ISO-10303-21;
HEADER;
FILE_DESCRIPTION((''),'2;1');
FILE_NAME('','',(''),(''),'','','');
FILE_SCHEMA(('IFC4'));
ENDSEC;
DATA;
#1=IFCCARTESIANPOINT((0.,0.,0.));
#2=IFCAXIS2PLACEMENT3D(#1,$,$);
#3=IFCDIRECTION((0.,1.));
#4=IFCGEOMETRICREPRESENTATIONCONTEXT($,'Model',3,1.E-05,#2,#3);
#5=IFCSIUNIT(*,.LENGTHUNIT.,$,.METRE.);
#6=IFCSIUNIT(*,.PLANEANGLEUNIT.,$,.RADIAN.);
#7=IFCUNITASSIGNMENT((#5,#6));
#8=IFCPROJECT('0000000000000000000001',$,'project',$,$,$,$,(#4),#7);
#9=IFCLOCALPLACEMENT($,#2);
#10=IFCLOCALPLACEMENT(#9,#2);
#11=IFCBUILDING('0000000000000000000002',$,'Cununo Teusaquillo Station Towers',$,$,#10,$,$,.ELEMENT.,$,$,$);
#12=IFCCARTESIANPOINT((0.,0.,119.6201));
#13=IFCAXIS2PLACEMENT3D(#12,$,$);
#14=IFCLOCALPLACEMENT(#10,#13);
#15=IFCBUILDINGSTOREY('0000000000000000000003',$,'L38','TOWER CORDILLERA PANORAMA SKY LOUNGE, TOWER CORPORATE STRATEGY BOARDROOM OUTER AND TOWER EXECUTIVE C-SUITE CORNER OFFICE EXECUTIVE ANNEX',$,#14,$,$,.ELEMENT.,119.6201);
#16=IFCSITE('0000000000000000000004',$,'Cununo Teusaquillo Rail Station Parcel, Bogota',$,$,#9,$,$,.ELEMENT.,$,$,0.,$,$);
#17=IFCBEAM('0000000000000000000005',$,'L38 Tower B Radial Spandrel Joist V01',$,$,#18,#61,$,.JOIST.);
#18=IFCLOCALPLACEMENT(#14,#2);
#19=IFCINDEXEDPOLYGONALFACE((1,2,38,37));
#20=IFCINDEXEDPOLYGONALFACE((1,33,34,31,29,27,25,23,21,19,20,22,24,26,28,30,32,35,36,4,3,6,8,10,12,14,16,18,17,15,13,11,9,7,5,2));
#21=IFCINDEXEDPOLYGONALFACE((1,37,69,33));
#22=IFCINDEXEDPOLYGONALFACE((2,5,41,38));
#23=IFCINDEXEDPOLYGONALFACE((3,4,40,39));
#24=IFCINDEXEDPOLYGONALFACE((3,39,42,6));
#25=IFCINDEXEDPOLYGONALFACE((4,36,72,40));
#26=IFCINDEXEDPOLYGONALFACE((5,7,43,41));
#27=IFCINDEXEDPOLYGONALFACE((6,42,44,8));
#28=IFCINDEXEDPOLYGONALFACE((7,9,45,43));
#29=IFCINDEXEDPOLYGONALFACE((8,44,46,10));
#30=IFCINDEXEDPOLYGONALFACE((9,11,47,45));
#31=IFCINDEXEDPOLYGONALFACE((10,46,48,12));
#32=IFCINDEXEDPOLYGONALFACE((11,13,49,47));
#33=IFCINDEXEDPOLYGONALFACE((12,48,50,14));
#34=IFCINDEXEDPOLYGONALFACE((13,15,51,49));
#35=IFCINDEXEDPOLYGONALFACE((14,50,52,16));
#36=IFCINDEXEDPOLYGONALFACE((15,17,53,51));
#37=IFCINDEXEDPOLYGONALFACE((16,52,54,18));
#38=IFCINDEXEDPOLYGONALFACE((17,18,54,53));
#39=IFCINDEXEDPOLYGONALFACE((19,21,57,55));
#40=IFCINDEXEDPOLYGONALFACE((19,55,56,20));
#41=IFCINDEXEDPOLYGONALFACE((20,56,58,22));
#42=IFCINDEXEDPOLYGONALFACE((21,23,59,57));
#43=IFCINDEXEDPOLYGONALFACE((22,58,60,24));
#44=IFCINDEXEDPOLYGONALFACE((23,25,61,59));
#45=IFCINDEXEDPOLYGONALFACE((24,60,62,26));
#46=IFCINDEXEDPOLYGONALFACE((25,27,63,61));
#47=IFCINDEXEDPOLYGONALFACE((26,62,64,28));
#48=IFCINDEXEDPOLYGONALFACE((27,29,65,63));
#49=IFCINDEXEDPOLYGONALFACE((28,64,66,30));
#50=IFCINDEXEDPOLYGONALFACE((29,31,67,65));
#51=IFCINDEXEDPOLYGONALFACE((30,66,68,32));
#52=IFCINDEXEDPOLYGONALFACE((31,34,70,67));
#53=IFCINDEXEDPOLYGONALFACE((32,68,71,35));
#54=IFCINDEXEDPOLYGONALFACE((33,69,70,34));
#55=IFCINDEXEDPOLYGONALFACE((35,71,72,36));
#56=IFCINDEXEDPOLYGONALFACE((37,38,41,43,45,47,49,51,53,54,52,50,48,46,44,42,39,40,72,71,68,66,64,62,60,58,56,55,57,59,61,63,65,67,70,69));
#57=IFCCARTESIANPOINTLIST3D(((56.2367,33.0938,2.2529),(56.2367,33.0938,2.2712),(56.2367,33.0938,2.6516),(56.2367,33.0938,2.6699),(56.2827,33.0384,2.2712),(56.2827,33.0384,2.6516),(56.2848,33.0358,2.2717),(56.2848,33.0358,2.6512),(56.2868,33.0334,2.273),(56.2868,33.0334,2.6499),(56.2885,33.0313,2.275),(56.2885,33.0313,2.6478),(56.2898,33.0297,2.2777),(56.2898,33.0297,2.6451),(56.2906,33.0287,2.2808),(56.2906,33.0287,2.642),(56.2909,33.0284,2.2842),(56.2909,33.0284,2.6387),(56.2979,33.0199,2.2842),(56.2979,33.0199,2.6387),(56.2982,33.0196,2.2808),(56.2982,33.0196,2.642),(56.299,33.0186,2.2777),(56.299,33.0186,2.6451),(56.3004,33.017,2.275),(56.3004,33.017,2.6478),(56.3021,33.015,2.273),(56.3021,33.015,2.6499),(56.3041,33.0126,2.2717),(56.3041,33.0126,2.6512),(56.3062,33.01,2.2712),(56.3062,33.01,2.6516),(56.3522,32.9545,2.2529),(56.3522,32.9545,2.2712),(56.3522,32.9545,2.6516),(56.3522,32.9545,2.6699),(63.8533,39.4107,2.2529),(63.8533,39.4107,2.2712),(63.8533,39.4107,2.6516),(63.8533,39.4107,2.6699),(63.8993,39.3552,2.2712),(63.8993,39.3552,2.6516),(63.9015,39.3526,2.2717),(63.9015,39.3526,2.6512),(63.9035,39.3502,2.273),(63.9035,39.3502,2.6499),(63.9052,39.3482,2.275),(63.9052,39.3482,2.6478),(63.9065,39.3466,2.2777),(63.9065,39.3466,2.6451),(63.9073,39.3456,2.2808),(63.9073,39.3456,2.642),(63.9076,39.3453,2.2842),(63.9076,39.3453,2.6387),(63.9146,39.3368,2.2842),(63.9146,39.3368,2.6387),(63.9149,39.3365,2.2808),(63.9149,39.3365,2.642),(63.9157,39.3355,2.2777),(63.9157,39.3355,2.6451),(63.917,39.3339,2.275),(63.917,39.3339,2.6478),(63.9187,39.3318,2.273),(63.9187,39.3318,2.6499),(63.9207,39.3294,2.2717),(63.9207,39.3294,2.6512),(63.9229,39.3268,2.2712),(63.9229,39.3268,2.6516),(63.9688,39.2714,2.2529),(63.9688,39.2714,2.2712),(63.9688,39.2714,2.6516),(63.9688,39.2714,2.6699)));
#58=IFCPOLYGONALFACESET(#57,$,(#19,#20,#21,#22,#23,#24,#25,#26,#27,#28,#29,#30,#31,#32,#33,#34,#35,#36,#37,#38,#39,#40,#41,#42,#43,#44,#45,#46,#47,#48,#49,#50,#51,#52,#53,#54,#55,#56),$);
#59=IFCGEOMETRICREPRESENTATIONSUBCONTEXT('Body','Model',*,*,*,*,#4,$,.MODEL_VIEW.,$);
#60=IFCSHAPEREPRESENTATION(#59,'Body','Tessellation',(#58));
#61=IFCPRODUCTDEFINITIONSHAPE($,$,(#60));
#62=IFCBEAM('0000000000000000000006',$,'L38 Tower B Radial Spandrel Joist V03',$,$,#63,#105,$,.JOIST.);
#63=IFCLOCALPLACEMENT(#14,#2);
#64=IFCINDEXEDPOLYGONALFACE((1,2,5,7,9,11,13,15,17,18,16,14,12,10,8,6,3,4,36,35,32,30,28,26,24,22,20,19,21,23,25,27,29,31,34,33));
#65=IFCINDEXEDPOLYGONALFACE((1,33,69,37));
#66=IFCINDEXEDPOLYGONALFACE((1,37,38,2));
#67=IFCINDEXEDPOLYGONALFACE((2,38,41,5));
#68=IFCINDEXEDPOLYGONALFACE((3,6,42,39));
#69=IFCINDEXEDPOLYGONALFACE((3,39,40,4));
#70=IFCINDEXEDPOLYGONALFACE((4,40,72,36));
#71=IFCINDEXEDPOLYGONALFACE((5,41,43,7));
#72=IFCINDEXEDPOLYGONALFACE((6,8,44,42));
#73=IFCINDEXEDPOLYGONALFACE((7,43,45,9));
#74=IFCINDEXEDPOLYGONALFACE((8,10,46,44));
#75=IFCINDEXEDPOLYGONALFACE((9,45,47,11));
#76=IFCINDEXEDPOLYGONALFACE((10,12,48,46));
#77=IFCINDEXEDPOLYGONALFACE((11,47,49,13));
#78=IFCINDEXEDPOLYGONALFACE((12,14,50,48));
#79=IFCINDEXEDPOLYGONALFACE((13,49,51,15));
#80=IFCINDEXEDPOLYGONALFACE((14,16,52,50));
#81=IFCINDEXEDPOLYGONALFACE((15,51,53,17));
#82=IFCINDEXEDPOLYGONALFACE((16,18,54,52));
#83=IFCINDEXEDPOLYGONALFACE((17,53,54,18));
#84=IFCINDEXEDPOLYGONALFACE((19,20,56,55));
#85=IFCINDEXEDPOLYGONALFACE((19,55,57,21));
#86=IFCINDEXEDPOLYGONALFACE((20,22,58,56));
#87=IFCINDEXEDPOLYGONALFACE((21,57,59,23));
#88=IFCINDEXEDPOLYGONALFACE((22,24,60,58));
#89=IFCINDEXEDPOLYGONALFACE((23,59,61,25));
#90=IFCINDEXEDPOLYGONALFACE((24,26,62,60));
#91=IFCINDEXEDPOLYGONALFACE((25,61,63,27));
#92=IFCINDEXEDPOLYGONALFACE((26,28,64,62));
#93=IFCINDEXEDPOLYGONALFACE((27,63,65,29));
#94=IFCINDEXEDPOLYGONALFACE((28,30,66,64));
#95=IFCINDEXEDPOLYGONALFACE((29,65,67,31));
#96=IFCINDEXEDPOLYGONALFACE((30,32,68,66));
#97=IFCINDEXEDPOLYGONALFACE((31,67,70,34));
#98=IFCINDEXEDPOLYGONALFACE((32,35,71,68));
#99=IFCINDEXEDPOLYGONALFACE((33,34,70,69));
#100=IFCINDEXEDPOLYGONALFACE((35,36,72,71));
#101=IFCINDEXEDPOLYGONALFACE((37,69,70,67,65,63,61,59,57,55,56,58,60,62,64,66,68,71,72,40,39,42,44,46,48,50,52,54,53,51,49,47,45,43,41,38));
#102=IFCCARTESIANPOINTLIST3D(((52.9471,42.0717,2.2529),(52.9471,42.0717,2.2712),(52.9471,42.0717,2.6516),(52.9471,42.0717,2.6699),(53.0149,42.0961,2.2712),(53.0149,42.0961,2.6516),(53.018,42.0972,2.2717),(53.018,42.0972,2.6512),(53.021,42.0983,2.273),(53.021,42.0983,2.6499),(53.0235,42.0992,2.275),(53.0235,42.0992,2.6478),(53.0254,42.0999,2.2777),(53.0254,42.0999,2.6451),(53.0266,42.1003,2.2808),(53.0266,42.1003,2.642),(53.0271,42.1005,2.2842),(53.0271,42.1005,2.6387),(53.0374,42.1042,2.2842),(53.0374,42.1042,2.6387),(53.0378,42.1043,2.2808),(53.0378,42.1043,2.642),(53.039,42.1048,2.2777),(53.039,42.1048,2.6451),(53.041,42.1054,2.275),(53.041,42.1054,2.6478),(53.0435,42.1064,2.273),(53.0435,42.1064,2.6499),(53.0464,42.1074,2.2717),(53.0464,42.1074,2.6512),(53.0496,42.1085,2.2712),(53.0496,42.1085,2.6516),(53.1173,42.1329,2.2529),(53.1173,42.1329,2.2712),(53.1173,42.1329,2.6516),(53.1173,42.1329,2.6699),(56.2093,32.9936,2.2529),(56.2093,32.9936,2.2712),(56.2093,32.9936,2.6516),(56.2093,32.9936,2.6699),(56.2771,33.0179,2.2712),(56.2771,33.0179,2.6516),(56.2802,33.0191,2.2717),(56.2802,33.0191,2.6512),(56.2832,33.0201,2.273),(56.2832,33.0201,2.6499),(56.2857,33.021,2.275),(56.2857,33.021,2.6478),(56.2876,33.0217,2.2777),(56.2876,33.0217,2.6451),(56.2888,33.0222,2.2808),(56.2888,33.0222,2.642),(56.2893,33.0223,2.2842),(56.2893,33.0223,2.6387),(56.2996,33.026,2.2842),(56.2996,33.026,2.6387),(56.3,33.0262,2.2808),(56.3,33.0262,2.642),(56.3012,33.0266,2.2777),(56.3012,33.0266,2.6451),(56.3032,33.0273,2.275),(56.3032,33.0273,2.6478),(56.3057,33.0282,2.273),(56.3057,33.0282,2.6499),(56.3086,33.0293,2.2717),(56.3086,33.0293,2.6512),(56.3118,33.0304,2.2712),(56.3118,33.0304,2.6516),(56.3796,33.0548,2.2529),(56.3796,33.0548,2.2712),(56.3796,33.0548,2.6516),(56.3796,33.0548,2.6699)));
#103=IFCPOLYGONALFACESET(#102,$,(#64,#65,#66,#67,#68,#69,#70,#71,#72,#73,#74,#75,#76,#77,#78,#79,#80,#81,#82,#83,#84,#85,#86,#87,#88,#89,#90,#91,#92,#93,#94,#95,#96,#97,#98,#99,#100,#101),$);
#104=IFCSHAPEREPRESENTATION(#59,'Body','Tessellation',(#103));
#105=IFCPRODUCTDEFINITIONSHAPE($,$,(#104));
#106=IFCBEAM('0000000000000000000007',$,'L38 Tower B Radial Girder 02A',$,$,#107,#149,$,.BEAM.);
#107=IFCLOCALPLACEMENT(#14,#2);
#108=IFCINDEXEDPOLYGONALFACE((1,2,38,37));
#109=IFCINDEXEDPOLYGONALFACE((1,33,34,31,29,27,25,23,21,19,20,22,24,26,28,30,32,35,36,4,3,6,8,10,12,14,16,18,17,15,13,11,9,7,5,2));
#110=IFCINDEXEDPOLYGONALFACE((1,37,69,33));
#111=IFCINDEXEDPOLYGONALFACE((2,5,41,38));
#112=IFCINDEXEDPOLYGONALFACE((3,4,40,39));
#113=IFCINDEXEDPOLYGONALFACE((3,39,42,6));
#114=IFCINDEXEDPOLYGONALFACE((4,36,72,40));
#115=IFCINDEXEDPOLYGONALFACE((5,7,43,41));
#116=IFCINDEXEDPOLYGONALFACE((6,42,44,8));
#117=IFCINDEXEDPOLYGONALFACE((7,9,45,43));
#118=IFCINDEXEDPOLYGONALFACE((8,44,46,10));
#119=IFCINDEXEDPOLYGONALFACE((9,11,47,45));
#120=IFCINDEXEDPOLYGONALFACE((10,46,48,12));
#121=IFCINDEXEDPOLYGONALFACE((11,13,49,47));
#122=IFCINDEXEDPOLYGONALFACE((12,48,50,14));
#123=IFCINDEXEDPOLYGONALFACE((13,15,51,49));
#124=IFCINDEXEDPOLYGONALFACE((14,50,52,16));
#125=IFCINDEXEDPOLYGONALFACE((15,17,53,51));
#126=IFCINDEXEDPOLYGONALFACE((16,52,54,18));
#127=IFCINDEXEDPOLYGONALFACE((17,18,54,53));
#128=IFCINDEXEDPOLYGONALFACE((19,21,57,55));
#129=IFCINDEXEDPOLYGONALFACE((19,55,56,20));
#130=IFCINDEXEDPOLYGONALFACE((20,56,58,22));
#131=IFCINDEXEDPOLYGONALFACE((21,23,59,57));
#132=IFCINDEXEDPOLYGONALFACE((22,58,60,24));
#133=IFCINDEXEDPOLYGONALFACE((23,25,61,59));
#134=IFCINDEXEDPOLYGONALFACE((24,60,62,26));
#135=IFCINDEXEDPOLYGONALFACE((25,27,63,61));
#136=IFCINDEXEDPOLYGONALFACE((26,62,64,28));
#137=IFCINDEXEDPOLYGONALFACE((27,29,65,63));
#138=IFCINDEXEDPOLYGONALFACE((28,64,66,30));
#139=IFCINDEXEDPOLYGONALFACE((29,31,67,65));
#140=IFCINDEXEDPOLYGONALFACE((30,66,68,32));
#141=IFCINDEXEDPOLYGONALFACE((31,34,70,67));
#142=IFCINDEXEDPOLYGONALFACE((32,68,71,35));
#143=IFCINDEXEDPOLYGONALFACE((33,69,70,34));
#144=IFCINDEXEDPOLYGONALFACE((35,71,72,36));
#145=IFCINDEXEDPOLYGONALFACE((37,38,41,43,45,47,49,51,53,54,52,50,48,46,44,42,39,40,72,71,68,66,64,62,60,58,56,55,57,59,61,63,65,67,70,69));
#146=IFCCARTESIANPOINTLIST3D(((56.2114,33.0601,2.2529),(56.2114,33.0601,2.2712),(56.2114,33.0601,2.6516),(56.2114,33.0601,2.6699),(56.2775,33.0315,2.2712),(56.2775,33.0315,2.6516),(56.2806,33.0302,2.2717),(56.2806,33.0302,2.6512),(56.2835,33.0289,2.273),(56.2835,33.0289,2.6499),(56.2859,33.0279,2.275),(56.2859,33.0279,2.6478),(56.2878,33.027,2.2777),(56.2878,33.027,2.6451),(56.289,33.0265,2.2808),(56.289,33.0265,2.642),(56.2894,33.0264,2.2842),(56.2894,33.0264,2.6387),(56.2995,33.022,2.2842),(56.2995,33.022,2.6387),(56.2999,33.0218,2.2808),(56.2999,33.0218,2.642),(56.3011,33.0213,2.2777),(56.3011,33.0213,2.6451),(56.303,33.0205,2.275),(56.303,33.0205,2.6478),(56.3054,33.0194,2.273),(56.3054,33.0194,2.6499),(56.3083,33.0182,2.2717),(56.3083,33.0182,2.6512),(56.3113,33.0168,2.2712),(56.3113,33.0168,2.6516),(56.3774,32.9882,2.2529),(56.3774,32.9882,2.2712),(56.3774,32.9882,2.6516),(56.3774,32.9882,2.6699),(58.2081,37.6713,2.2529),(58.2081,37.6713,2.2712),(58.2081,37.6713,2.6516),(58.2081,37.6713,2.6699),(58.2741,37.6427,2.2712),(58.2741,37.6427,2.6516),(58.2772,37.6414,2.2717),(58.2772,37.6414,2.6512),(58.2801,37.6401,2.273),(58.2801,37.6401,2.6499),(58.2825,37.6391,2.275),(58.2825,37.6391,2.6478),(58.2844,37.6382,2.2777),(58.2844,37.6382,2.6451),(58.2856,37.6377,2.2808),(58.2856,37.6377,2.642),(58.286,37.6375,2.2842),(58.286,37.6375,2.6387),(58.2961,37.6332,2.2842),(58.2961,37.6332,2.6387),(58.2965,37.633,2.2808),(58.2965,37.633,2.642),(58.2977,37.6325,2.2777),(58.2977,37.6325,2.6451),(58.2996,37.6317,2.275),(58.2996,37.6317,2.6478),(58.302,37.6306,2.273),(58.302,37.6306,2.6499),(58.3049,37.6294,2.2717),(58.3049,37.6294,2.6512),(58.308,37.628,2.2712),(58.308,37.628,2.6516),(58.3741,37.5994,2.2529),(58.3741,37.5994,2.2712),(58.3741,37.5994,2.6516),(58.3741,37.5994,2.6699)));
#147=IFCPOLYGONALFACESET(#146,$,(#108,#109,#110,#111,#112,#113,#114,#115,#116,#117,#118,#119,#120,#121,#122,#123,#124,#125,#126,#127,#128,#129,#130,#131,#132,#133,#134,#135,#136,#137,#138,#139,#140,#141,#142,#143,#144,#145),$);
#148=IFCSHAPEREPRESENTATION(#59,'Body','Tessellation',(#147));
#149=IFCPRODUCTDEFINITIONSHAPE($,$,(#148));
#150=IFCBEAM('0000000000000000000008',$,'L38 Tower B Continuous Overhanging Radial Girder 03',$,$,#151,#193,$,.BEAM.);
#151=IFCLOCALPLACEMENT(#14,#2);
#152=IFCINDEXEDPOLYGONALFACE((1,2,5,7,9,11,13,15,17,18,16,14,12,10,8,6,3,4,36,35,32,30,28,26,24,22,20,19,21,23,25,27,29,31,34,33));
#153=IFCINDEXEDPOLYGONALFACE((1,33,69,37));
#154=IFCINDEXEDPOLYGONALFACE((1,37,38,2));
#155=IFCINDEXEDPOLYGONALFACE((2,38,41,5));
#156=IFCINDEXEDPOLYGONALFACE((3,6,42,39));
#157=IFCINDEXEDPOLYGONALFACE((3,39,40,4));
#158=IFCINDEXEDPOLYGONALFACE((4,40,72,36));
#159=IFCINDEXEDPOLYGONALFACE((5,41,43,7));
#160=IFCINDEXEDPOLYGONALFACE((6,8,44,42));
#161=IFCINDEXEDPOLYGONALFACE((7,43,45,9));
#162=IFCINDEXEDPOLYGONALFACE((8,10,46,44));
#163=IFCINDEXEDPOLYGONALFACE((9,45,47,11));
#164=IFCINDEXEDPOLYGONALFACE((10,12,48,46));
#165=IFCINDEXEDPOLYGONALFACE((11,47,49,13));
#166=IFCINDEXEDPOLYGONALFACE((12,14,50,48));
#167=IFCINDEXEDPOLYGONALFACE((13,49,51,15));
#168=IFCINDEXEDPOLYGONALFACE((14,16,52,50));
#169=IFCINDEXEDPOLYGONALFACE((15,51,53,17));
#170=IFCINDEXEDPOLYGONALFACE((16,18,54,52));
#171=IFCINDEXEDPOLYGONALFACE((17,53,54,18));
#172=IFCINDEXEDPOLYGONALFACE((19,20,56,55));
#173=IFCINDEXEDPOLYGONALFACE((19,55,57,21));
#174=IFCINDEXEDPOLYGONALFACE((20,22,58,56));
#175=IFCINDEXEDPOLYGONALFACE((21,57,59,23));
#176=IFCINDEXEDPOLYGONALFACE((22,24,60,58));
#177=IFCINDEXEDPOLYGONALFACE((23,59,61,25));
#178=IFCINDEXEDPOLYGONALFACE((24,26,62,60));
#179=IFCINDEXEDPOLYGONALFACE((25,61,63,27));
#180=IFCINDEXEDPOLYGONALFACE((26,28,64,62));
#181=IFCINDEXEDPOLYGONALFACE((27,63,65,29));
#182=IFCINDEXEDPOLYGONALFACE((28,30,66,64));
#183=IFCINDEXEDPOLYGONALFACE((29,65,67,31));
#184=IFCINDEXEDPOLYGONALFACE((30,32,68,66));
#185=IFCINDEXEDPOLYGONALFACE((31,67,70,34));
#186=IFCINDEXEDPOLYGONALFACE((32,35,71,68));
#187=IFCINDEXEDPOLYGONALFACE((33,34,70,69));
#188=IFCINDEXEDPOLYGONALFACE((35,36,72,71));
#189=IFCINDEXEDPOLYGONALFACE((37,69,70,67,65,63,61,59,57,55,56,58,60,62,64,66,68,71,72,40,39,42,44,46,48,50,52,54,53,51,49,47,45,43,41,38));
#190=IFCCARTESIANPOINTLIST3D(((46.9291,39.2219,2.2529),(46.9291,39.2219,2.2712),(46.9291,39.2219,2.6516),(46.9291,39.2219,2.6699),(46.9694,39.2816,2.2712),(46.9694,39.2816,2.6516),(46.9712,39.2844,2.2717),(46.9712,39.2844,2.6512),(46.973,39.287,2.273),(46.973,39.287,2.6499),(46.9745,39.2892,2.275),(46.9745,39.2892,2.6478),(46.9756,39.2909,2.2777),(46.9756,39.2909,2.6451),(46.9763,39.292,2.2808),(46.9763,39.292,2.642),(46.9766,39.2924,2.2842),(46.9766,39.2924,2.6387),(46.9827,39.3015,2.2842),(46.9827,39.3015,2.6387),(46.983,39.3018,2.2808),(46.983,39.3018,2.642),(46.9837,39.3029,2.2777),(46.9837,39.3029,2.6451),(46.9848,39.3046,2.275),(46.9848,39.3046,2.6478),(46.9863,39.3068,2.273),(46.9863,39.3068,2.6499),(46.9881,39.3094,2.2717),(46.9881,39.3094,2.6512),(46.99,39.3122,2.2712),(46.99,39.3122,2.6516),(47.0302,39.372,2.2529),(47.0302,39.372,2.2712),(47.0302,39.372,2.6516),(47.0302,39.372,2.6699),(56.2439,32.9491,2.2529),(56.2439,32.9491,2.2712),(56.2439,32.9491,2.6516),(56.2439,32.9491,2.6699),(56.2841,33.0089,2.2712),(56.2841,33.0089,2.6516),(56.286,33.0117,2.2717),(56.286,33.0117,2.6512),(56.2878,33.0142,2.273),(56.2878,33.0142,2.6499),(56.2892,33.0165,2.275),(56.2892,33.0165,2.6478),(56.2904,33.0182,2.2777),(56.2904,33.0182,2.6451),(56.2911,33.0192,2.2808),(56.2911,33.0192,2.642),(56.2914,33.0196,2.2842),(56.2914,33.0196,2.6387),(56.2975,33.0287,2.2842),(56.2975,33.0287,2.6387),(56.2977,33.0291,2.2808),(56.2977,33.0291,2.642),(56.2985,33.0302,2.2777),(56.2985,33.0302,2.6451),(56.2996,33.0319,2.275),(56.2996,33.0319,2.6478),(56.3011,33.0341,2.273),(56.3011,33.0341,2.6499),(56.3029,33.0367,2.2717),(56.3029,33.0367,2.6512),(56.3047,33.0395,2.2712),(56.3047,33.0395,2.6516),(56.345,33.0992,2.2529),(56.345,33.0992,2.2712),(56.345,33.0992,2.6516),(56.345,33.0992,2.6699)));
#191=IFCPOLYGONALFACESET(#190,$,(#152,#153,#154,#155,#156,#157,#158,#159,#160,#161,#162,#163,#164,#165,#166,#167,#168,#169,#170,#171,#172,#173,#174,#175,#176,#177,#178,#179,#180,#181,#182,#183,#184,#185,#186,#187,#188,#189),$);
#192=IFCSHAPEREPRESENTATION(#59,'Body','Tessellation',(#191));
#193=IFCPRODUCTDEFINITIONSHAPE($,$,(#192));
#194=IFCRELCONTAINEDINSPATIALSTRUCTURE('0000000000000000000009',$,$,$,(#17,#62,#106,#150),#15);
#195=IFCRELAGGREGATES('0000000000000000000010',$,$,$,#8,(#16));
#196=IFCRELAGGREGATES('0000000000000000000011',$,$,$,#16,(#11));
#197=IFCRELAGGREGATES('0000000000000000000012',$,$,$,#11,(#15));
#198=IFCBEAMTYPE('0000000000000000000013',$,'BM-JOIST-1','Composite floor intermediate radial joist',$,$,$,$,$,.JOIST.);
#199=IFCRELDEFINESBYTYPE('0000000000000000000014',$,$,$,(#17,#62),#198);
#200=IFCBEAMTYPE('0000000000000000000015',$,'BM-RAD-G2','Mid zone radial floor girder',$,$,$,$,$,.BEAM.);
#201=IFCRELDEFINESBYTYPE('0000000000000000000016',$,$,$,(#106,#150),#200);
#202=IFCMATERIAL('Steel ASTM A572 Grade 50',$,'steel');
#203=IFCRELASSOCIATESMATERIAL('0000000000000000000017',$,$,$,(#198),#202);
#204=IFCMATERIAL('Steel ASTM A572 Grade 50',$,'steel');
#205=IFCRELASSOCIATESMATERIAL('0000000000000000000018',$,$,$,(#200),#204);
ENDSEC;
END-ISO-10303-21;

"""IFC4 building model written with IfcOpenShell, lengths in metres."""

from ifc_helpers import new_model, si_unit, direction, frame, origin, origin_2d, place, context, subcontext, project, spatial, i_section, extrude, material, material_profile, profile_set, type_object, element, save


model = new_model("IFC4")

# Units and contexts
model_context = context("Model", 3, precision=1e-05, world=origin(), true_north=direction((0.0, 1.0)))
body_context = subcontext(model_context, "Body", "Model", "MODEL_VIEW")
ifc_project = project(units=[si_unit("LENGTHUNIT", "METRE"), si_unit("PLANEANGLEUNIT", "RADIAN")], contexts=[model_context])

# Site, building, storey
site_placement = place(None, origin())
site = spatial("IfcSite", under=ifc_project, at=site_placement, Name="Cununo Teusaquillo Rail Station Parcel, Bogota", CompositionType="ELEMENT", RefElevation=0.0)
building_placement = place(site_placement, origin())
building = spatial("IfcBuilding", under=site, at=building_placement, Name="Cununo Teusaquillo Station Towers", CompositionType="ELEMENT")
storey_placement = place(building_placement, frame((0.0, 0.0, 119.6201)))
storey = spatial("IfcBuildingStorey", under=building, at=storey_placement, Name="L38", Description="TOWER CORDILLERA PANORAMA SKY LOUNGE, TOWER CORPORATE STRATEGY BOARDROOM OUTER AND TOWER EXECUTIVE C-SUITE CORNER OFFICE EXECUTIVE ANNEX", CompositionType="ELEMENT", Elevation=119.6201)

# Beams
ifc_material_1 = material(Name="Steel ASTM A572 Grade 50", Category="steel")
ifc_material_profile_1 = material_profile(ifc_material_1, i_section(OverallWidth=0.1809, OverallDepth=0.417, WebThickness=0.011, FlangeThickness=0.0183, FilletRadius=0.0129, at=origin_2d()), Name="W16X57")
ifc_profile_set_1 = profile_set([ifc_material_profile_1], Name="Steel ASTM A572 Grade 50")
beam_type_1 = type_object("IfcBeamType", Name="BM-JOIST-1", Description="Composite floor intermediate radial joist", PredefinedType="JOIST", material=ifc_profile_set_1)
beam_1_placement = place(storey_placement, frame((56.2944, 33.0242, 2.4614), z_axis=(0.769728, 0.638372, 0.0), x_axis=(-0.638372, 0.769728, 0.0)))
element("IfcBeam", 1, at=beam_1_placement, inside=storey, type_object=beam_type_1, Name="L38 Tower B Radial Spandrel Joist V01", PredefinedType="JOIST", context=body_context, shape_type="SweptSolid", body=[
    extrude(i_section(OverallWidth=0.1809, OverallDepth=0.417, WebThickness=0.011, FlangeThickness=0.0183, FilletRadius=0.0129, at=origin_2d()), origin(), (0.0, 0.0, 1.0), 9.8953),
])
beam_2_placement = place(storey_placement, frame((56.2944, 33.0242, 2.4614), z_axis=(-0.338176, 0.941083, 0.0), x_axis=(-0.941083, -0.338176, 0.0)))
element("IfcBeam", 2, at=beam_2_placement, inside=storey, type_object=beam_type_1, Name="L38 Tower B Radial Spandrel Joist V03", PredefinedType="JOIST", context=body_context, shape_type="SweptSolid", body=[
    extrude(i_section(OverallWidth=0.1809, OverallDepth=0.417, WebThickness=0.011, FlangeThickness=0.0183, FilletRadius=0.0129, at=origin_2d()), origin(), (0.0, 0.0, 1.0), 9.6465),
])
ifc_material_2 = material(Name="Steel ASTM A572 Grade 50", Category="steel")
ifc_material_profile_2 = material_profile(ifc_material_2, i_section(OverallWidth=0.1809, OverallDepth=0.417, WebThickness=0.011, FlangeThickness=0.0183, FilletRadius=0.0129, at=origin_2d()), Name="W16X57")
ifc_profile_set_2 = profile_set([ifc_material_profile_2], Name="Steel ASTM A572 Grade 50")
beam_type_2 = type_object("IfcBeamType", Name="BM-RAD-G2", Description="Mid zone radial floor girder", PredefinedType="BEAM", material=ifc_profile_set_2)
beam_3_placement = place(storey_placement, frame((56.2944, 33.0242, 2.4614), z_axis=(0.397347, 0.917668, 0.0), x_axis=(-0.917668, 0.397347, 0.0)))
element("IfcBeam", 3, at=beam_3_placement, inside=storey, type_object=beam_type_2, Name="L38 Tower B Radial Girder 02A", PredefinedType="BEAM", context=body_context, shape_type="SweptSolid", body=[
    extrude(i_section(OverallWidth=0.1809, OverallDepth=0.417, WebThickness=0.011, FlangeThickness=0.0183, FilletRadius=0.0129, at=origin_2d()), origin(), (0.0, 0.0, 1.0), 5.0249),
])
beam_4_placement = place(storey_placement, frame((56.2944, 33.0242, 2.4614), z_axis=(-0.829456, 0.558572, 0.0), x_axis=(-0.558572, -0.829456, 0.0)))
element("IfcBeam", 4, at=beam_4_placement, inside=storey, type_object=beam_type_2, Name="L38 Tower B Continuous Overhanging Radial Girder 03", PredefinedType="BEAM", context=body_context, shape_type="SweptSolid", body=[
    extrude(i_section(OverallWidth=0.1809, OverallDepth=0.417, WebThickness=0.011, FlangeThickness=0.0183, FilletRadius=0.0129, at=origin_2d()), origin(), (0.0, 0.0, 1.0), 11.23),
])

save(model, "model.ifc")
